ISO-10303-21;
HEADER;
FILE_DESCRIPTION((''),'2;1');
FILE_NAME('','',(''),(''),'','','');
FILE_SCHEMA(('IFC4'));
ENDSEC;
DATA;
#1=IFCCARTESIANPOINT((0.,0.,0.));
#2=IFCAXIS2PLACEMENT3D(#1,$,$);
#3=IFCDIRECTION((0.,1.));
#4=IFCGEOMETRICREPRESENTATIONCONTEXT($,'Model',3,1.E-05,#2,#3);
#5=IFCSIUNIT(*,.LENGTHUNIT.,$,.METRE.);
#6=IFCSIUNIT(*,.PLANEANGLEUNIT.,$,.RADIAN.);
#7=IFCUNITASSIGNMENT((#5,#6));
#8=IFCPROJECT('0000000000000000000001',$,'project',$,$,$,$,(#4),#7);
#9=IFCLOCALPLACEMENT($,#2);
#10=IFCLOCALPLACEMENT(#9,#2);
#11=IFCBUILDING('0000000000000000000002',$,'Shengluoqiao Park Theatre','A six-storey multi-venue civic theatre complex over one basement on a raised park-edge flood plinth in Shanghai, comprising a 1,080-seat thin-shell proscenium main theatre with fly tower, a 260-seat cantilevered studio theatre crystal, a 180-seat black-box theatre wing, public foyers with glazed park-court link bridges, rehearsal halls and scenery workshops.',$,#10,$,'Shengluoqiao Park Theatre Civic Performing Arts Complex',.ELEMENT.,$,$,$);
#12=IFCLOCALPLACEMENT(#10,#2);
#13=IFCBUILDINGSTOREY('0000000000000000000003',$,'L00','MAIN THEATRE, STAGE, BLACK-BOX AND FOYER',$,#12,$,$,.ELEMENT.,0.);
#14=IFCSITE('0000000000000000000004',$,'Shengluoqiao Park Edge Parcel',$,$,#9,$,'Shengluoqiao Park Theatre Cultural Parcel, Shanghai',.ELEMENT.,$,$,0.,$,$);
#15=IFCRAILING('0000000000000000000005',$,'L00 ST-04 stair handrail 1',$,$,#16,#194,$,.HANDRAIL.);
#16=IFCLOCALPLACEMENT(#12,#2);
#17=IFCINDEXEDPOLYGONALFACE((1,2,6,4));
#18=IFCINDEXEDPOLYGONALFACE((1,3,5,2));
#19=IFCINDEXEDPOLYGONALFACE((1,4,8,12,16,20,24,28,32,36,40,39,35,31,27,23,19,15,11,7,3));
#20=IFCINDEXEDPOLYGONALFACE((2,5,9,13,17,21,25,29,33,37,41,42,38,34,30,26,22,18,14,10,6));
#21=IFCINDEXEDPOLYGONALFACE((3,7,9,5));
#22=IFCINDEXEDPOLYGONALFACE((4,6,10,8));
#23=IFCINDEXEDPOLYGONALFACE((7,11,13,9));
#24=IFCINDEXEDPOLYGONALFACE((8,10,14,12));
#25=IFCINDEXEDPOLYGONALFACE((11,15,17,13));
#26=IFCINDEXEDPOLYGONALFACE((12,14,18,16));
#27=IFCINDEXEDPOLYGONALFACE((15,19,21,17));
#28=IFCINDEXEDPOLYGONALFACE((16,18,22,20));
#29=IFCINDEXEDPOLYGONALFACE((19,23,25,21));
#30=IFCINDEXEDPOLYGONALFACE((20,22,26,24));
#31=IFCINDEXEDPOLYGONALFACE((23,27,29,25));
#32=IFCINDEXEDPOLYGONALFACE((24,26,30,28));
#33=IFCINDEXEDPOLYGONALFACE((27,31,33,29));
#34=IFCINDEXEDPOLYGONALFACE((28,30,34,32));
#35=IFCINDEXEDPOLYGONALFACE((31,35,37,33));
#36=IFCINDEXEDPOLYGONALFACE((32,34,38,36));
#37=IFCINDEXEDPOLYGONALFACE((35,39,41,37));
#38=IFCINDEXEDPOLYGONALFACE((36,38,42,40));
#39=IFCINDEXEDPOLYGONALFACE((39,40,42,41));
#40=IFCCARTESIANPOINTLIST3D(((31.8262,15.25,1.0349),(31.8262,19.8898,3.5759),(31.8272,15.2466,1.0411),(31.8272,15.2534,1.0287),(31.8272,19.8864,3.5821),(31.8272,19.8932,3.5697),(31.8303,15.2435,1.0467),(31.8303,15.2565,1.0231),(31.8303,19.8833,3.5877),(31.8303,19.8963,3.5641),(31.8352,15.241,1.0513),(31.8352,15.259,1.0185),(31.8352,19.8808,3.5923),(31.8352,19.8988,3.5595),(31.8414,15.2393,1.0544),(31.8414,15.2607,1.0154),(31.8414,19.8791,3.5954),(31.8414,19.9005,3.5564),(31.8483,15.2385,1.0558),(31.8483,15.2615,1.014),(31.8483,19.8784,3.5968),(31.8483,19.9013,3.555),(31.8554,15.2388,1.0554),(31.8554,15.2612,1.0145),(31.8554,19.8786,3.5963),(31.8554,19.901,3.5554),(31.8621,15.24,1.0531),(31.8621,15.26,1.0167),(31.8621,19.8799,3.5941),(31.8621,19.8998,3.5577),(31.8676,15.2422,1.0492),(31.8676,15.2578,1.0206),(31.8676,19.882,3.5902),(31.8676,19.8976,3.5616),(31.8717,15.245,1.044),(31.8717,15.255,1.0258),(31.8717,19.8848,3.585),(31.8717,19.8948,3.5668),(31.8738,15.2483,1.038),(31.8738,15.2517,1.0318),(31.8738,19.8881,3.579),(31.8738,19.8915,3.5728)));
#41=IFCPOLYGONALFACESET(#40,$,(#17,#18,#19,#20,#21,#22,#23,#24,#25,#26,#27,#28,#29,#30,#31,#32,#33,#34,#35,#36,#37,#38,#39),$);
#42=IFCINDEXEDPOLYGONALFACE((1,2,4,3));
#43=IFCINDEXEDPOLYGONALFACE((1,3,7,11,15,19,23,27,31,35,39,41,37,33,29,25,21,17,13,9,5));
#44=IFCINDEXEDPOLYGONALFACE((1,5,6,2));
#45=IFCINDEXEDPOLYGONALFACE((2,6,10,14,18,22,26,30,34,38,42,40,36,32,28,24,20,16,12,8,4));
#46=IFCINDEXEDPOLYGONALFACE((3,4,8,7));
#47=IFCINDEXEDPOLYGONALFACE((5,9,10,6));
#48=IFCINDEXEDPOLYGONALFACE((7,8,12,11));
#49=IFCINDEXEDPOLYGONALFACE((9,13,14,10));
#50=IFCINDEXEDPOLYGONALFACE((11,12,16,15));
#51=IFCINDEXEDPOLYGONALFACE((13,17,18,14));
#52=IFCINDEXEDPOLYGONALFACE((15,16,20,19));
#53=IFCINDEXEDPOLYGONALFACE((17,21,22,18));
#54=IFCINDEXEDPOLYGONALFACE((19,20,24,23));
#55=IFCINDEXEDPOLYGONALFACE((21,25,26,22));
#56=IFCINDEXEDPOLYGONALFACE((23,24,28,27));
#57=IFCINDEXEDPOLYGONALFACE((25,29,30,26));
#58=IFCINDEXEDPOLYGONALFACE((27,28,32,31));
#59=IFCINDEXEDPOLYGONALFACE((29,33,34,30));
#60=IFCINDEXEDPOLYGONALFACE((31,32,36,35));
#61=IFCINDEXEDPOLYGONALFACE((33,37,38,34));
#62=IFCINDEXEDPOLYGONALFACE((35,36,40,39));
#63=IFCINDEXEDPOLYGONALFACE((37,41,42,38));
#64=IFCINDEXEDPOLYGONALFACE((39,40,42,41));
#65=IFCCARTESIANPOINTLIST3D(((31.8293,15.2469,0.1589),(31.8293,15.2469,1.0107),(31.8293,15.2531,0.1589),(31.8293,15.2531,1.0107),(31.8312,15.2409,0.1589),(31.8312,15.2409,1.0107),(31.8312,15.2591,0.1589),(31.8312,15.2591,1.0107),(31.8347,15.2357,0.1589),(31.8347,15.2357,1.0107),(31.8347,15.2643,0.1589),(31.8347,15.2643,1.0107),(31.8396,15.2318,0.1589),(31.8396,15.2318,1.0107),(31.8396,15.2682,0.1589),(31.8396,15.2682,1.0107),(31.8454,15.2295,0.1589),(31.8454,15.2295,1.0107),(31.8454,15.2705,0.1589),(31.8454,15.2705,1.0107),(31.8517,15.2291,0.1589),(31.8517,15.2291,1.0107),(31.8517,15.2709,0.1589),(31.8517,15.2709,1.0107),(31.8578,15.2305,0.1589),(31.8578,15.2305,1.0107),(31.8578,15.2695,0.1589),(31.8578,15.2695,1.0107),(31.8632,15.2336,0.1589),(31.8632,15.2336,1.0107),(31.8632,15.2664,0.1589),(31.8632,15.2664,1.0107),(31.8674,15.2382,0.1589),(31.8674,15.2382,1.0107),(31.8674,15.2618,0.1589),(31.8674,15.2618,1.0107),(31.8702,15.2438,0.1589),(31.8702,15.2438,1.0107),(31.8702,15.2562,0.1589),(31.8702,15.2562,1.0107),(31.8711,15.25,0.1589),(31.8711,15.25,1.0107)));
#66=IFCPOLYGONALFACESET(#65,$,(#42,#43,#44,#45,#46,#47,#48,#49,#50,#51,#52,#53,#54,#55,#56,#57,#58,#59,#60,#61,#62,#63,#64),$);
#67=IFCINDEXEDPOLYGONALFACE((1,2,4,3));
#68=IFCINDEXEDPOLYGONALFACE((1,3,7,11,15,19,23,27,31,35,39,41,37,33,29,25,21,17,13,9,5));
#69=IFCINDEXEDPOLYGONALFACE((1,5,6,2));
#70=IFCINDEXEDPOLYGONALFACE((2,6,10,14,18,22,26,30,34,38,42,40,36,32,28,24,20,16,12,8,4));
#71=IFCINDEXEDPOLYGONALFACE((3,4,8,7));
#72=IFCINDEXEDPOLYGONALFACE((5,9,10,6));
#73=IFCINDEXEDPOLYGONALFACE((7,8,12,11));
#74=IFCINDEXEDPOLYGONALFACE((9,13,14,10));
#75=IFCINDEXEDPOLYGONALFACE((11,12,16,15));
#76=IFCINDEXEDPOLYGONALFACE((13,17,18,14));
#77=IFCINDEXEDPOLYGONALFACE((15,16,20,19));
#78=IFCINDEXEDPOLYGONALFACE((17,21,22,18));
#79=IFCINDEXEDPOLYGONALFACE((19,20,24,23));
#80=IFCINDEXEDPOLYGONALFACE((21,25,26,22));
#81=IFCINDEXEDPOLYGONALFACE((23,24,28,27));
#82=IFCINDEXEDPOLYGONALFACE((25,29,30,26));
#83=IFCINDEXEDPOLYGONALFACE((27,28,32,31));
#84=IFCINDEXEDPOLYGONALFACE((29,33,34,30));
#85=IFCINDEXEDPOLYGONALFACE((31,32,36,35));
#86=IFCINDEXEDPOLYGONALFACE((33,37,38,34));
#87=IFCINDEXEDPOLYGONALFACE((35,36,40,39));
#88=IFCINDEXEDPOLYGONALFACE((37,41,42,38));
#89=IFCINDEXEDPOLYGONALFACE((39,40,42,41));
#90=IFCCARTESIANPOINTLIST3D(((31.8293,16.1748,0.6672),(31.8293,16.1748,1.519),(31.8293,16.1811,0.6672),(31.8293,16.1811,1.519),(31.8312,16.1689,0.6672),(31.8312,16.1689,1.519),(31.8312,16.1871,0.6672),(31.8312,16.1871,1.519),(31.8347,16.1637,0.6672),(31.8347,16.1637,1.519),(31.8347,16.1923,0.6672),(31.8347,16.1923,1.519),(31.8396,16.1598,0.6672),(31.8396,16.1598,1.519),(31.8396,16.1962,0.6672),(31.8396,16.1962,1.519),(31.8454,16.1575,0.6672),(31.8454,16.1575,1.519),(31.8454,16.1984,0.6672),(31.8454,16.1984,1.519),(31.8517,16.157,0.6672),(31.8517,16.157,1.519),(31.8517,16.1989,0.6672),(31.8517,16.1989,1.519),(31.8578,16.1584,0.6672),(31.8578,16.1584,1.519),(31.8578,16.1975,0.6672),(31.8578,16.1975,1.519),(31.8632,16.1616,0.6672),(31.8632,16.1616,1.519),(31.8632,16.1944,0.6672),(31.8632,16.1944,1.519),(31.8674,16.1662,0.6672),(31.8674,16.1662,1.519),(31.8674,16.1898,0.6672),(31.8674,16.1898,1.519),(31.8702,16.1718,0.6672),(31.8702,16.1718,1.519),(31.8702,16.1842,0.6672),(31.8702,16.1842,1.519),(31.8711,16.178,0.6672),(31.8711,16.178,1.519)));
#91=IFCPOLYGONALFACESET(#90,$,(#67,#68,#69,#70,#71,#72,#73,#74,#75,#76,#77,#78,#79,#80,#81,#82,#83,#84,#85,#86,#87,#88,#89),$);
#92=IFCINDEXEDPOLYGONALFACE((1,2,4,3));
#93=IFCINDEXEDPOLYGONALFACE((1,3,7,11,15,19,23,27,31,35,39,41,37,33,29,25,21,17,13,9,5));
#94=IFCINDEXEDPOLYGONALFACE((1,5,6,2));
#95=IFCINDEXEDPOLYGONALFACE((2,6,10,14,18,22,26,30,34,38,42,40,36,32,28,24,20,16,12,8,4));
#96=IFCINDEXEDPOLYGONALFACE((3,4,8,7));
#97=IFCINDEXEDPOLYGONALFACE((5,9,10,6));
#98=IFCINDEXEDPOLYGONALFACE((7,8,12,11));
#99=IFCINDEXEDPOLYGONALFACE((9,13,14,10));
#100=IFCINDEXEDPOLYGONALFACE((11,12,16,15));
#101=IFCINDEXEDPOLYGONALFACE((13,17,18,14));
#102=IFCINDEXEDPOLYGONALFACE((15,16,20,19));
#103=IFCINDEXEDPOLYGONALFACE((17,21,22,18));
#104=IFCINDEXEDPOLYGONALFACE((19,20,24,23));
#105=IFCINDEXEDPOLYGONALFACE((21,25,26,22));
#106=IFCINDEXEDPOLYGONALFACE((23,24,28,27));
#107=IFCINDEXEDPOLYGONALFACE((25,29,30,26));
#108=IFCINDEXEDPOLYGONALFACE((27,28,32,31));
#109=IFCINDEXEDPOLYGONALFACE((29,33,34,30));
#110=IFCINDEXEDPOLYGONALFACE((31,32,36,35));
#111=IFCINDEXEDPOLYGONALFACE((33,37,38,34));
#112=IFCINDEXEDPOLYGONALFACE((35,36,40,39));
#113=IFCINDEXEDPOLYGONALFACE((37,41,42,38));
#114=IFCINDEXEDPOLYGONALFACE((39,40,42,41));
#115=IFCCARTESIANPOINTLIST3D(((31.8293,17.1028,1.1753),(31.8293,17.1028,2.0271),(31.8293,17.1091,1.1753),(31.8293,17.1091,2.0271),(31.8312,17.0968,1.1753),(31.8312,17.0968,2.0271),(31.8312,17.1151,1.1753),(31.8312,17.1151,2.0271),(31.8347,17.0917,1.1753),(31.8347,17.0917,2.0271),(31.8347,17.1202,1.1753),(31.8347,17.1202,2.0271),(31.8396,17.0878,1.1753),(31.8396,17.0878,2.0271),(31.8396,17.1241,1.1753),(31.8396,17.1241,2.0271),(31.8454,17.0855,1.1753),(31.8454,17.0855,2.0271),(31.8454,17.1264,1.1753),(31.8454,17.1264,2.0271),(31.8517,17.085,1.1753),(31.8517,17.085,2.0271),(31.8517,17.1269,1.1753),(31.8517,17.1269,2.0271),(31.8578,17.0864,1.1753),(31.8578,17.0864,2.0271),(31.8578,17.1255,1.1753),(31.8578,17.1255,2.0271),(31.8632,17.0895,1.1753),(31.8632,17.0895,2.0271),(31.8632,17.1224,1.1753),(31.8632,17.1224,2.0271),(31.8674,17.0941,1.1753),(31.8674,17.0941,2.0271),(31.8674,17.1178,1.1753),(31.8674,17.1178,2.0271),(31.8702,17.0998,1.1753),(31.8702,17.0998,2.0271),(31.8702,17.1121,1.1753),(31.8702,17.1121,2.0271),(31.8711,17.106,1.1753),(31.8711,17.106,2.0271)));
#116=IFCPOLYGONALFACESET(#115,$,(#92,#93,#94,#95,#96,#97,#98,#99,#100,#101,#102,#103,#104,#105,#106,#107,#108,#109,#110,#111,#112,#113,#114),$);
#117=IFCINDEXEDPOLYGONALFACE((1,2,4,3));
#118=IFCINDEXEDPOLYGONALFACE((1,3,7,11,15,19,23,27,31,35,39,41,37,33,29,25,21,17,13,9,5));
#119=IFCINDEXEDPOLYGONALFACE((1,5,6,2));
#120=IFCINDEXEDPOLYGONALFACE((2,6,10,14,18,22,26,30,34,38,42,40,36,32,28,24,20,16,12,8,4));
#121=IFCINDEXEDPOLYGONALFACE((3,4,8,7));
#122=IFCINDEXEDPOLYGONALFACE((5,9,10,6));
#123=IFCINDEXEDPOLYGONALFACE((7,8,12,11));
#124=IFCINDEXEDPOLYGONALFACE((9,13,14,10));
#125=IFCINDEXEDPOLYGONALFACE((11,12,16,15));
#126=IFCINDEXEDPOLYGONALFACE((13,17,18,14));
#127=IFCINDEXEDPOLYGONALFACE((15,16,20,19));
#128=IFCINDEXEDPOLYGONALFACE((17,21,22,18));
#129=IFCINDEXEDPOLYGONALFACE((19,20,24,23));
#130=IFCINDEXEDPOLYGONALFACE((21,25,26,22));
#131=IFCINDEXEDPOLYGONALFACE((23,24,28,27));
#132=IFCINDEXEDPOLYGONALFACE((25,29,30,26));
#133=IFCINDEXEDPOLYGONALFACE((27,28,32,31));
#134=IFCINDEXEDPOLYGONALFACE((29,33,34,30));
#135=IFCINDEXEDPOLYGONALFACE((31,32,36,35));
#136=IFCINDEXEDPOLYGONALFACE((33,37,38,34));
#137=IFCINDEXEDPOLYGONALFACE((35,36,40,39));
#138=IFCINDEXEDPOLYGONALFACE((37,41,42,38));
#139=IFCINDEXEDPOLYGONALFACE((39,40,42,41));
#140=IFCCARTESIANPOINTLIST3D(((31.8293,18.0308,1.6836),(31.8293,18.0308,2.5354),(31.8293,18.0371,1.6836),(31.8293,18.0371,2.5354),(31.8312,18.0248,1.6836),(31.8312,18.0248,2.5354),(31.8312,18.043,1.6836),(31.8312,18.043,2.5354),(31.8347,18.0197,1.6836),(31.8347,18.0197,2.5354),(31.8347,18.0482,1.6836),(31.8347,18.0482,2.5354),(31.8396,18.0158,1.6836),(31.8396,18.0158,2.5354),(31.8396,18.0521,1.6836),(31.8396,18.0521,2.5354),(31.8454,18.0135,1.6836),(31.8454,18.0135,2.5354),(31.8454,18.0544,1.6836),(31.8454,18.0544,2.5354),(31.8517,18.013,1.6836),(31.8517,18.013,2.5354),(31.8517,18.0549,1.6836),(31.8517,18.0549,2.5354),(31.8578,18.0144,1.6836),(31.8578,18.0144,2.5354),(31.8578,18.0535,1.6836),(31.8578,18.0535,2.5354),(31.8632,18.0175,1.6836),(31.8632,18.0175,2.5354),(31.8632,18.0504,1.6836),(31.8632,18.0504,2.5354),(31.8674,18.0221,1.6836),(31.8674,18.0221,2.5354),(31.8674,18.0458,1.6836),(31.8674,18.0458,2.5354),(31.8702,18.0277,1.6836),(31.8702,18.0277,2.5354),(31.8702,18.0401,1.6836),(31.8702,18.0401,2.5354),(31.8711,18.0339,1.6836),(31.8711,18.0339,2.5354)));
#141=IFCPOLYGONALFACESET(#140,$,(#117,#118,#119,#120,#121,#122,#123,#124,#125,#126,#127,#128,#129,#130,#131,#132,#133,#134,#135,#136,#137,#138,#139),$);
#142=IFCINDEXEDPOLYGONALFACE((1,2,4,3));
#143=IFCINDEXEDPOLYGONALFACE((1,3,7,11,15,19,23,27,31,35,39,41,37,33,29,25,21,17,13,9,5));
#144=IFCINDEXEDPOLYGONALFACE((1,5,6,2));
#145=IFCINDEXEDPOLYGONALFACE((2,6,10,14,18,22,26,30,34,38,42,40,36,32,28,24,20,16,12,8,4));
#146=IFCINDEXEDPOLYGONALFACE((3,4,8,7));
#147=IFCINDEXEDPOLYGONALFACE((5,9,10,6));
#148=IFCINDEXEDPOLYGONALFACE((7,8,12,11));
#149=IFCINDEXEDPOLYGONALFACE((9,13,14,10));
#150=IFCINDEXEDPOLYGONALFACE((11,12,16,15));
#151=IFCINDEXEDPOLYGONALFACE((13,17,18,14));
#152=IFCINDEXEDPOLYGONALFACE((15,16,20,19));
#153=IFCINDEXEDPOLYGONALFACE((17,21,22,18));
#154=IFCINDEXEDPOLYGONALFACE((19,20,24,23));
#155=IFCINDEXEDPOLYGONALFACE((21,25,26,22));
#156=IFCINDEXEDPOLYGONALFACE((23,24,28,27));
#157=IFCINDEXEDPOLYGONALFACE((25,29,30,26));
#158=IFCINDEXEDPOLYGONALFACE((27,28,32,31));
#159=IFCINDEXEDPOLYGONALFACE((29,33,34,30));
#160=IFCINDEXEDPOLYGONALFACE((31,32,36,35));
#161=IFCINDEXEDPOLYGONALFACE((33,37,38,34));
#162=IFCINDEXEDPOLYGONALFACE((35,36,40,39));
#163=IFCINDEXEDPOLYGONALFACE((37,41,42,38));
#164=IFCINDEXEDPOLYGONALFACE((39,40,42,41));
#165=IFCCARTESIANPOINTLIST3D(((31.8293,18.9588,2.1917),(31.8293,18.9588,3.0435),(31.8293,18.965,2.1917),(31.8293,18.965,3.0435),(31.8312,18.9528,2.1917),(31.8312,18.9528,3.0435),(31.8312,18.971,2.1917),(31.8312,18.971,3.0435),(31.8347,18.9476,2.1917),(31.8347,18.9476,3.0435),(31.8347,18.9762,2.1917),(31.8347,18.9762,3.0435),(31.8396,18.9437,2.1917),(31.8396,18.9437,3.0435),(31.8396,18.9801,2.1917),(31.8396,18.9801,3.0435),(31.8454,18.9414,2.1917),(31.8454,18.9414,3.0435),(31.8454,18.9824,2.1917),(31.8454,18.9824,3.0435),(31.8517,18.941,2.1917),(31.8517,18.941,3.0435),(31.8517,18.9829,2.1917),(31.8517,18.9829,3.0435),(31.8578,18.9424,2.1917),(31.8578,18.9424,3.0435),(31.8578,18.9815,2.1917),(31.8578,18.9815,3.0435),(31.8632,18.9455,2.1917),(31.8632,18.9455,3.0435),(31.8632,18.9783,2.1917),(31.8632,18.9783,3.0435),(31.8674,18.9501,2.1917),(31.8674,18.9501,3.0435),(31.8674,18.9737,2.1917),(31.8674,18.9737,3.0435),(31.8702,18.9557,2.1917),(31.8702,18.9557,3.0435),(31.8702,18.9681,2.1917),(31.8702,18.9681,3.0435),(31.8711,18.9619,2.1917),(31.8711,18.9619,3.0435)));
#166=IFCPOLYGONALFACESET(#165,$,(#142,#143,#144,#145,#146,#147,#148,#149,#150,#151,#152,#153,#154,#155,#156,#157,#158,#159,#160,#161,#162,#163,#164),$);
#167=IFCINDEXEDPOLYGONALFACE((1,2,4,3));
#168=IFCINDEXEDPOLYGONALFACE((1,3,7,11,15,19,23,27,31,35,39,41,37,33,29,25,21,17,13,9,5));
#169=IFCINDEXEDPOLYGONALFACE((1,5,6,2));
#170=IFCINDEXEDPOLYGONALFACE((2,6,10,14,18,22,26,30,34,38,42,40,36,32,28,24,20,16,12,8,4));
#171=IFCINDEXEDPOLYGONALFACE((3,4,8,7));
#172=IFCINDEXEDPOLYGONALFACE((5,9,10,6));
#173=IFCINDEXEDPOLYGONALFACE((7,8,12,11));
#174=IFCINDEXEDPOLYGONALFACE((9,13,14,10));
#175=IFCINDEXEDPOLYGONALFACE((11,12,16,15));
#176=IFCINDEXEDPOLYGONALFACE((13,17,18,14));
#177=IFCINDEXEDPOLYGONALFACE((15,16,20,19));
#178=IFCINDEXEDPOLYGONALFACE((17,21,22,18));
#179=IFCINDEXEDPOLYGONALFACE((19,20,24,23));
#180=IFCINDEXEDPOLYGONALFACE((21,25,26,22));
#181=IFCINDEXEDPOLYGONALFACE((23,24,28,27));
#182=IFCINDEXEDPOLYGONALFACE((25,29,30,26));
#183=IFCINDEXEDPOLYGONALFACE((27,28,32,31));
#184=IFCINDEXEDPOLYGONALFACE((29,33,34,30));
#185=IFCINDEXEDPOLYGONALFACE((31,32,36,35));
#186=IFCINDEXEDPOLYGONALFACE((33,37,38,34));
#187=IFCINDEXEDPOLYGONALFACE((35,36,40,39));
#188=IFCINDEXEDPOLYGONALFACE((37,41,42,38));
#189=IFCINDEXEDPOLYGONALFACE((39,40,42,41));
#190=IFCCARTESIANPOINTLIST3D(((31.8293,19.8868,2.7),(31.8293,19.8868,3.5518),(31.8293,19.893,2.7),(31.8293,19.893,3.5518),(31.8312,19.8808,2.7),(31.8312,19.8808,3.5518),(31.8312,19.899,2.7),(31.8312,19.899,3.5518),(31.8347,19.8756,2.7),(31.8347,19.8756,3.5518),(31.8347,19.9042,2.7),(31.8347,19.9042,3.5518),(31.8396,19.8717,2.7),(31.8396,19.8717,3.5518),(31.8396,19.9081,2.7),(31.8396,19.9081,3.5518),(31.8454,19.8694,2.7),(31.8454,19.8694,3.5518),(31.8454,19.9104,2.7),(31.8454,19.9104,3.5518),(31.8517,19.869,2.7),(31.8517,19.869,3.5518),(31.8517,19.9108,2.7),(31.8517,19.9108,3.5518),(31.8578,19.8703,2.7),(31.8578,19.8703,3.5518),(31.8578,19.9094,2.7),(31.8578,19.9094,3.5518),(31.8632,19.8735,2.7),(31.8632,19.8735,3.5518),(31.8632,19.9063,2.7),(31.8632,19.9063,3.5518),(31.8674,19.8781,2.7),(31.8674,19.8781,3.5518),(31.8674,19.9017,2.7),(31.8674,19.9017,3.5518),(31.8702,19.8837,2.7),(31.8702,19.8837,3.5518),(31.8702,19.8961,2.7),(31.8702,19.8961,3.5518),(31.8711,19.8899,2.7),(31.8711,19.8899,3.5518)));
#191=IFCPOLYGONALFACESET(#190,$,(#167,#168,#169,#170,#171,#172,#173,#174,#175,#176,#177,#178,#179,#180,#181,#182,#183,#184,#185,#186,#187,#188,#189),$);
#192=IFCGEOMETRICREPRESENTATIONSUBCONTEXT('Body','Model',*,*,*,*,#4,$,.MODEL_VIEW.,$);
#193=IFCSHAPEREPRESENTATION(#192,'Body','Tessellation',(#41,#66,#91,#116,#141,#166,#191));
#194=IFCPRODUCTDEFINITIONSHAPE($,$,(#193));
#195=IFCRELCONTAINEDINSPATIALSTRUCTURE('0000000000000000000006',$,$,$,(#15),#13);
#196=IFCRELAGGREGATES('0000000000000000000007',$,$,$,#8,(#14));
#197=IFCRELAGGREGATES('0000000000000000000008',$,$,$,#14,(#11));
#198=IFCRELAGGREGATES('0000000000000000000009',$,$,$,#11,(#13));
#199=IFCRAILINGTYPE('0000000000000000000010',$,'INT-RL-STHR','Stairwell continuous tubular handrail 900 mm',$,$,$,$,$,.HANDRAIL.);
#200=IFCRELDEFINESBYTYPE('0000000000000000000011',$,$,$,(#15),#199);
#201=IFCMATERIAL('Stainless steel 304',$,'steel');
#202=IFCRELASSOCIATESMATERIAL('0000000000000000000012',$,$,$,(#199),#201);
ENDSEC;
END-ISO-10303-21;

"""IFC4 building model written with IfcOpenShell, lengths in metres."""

from ifc_helpers import new_model, si_unit, direction, frame, origin, origin_2d, place, context, subcontext, project, spatial, circle, extrude, material, type_object, element, save


model = new_model("IFC4")

# Units and contexts
model_context = context("Model", 3, precision=1e-05, world=origin(), true_north=direction((0.0, 1.0)))
body_context = subcontext(model_context, "Body", "Model", "MODEL_VIEW")
ifc_project = project(units=[si_unit("LENGTHUNIT", "METRE"), si_unit("PLANEANGLEUNIT", "RADIAN")], contexts=[model_context])

# Site, building, storey
site_placement = place(None, origin())
site = spatial("IfcSite", under=ifc_project, at=site_placement, Name="Shengluoqiao Park Edge Parcel", LongName="Shengluoqiao Park Theatre Cultural Parcel, Shanghai", CompositionType="ELEMENT", RefElevation=0.0)
building_placement = place(site_placement, origin())
building = spatial("IfcBuilding", under=site, at=building_placement, Name="Shengluoqiao Park Theatre", Description="A six-storey multi-venue civic theatre complex over one basement on a raised park-edge flood plinth in Shanghai, comprising a 1,080-seat thin-shell proscenium main theatre with fly tower, a 260-seat cantilevered studio theatre crystal, a 180-seat black-box theatre wing, public foyers with glazed park-court link bridges, rehearsal halls and scenery workshops.", LongName="Shengluoqiao Park Theatre Civic Performing Arts Complex", CompositionType="ELEMENT")
storey_placement = place(building_placement, origin())
storey = spatial("IfcBuildingStorey", under=building, at=storey_placement, Name="L00", Description="MAIN THEATRE, STAGE, BLACK-BOX AND FOYER", CompositionType="ELEMENT", Elevation=0.0)

# Railing
ifc_material_1 = material(Name="Stainless steel 304", Category="steel")
railing_type_1 = type_object("IfcRailingType", Name="INT-RL-STHR", Description="Stairwell continuous tubular handrail 900 mm", PredefinedType="HANDRAIL", material=ifc_material_1)
railing_1_placement = place(storey_placement, frame((31.8501, 15.25, 0.1589)))
element("IfcRailing", 1, at=railing_1_placement, inside=storey, type_object=railing_type_1, Name="L00 ST-04 stair handrail 1", PredefinedType="HANDRAIL", context=body_context, shape_type="SweptSolid", body=[
    extrude(circle(Radius=0.0239, at=origin_2d()), frame((0.0, 0.0, 0.876), z_axis=(0.0, 0.877087, 0.480332), x_axis=(-1.0, 0.0, 0.0)), (0.0, 0.0, 1.0), 5.29),
    extrude(circle(Radius=0.021, at=origin_2d()), origin(), (0.0, 0.0, 1.0), 0.8518),
    extrude(circle(Radius=0.021, at=origin_2d()), frame((0.0, 0.928, 0.5083)), (0.0, 0.0, 1.0), 0.8518),
    extrude(circle(Radius=0.021, at=origin_2d()), frame((0.0, 1.856, 1.0164)), (0.0, 0.0, 1.0), 0.8518),
    extrude(circle(Radius=0.021, at=origin_2d()), frame((0.0, 2.7839, 1.5247)), (0.0, 0.0, 1.0), 0.8518),
    extrude(circle(Radius=0.021, at=origin_2d()), frame((0.0, 3.7119, 2.0327)), (0.0, 0.0, 1.0), 0.8518),
    extrude(circle(Radius=0.021, at=origin_2d()), frame((0.0, 4.6399, 2.541)), (0.0, 0.0, 1.0), 0.8518),
])

save(model, "model.ifc")
